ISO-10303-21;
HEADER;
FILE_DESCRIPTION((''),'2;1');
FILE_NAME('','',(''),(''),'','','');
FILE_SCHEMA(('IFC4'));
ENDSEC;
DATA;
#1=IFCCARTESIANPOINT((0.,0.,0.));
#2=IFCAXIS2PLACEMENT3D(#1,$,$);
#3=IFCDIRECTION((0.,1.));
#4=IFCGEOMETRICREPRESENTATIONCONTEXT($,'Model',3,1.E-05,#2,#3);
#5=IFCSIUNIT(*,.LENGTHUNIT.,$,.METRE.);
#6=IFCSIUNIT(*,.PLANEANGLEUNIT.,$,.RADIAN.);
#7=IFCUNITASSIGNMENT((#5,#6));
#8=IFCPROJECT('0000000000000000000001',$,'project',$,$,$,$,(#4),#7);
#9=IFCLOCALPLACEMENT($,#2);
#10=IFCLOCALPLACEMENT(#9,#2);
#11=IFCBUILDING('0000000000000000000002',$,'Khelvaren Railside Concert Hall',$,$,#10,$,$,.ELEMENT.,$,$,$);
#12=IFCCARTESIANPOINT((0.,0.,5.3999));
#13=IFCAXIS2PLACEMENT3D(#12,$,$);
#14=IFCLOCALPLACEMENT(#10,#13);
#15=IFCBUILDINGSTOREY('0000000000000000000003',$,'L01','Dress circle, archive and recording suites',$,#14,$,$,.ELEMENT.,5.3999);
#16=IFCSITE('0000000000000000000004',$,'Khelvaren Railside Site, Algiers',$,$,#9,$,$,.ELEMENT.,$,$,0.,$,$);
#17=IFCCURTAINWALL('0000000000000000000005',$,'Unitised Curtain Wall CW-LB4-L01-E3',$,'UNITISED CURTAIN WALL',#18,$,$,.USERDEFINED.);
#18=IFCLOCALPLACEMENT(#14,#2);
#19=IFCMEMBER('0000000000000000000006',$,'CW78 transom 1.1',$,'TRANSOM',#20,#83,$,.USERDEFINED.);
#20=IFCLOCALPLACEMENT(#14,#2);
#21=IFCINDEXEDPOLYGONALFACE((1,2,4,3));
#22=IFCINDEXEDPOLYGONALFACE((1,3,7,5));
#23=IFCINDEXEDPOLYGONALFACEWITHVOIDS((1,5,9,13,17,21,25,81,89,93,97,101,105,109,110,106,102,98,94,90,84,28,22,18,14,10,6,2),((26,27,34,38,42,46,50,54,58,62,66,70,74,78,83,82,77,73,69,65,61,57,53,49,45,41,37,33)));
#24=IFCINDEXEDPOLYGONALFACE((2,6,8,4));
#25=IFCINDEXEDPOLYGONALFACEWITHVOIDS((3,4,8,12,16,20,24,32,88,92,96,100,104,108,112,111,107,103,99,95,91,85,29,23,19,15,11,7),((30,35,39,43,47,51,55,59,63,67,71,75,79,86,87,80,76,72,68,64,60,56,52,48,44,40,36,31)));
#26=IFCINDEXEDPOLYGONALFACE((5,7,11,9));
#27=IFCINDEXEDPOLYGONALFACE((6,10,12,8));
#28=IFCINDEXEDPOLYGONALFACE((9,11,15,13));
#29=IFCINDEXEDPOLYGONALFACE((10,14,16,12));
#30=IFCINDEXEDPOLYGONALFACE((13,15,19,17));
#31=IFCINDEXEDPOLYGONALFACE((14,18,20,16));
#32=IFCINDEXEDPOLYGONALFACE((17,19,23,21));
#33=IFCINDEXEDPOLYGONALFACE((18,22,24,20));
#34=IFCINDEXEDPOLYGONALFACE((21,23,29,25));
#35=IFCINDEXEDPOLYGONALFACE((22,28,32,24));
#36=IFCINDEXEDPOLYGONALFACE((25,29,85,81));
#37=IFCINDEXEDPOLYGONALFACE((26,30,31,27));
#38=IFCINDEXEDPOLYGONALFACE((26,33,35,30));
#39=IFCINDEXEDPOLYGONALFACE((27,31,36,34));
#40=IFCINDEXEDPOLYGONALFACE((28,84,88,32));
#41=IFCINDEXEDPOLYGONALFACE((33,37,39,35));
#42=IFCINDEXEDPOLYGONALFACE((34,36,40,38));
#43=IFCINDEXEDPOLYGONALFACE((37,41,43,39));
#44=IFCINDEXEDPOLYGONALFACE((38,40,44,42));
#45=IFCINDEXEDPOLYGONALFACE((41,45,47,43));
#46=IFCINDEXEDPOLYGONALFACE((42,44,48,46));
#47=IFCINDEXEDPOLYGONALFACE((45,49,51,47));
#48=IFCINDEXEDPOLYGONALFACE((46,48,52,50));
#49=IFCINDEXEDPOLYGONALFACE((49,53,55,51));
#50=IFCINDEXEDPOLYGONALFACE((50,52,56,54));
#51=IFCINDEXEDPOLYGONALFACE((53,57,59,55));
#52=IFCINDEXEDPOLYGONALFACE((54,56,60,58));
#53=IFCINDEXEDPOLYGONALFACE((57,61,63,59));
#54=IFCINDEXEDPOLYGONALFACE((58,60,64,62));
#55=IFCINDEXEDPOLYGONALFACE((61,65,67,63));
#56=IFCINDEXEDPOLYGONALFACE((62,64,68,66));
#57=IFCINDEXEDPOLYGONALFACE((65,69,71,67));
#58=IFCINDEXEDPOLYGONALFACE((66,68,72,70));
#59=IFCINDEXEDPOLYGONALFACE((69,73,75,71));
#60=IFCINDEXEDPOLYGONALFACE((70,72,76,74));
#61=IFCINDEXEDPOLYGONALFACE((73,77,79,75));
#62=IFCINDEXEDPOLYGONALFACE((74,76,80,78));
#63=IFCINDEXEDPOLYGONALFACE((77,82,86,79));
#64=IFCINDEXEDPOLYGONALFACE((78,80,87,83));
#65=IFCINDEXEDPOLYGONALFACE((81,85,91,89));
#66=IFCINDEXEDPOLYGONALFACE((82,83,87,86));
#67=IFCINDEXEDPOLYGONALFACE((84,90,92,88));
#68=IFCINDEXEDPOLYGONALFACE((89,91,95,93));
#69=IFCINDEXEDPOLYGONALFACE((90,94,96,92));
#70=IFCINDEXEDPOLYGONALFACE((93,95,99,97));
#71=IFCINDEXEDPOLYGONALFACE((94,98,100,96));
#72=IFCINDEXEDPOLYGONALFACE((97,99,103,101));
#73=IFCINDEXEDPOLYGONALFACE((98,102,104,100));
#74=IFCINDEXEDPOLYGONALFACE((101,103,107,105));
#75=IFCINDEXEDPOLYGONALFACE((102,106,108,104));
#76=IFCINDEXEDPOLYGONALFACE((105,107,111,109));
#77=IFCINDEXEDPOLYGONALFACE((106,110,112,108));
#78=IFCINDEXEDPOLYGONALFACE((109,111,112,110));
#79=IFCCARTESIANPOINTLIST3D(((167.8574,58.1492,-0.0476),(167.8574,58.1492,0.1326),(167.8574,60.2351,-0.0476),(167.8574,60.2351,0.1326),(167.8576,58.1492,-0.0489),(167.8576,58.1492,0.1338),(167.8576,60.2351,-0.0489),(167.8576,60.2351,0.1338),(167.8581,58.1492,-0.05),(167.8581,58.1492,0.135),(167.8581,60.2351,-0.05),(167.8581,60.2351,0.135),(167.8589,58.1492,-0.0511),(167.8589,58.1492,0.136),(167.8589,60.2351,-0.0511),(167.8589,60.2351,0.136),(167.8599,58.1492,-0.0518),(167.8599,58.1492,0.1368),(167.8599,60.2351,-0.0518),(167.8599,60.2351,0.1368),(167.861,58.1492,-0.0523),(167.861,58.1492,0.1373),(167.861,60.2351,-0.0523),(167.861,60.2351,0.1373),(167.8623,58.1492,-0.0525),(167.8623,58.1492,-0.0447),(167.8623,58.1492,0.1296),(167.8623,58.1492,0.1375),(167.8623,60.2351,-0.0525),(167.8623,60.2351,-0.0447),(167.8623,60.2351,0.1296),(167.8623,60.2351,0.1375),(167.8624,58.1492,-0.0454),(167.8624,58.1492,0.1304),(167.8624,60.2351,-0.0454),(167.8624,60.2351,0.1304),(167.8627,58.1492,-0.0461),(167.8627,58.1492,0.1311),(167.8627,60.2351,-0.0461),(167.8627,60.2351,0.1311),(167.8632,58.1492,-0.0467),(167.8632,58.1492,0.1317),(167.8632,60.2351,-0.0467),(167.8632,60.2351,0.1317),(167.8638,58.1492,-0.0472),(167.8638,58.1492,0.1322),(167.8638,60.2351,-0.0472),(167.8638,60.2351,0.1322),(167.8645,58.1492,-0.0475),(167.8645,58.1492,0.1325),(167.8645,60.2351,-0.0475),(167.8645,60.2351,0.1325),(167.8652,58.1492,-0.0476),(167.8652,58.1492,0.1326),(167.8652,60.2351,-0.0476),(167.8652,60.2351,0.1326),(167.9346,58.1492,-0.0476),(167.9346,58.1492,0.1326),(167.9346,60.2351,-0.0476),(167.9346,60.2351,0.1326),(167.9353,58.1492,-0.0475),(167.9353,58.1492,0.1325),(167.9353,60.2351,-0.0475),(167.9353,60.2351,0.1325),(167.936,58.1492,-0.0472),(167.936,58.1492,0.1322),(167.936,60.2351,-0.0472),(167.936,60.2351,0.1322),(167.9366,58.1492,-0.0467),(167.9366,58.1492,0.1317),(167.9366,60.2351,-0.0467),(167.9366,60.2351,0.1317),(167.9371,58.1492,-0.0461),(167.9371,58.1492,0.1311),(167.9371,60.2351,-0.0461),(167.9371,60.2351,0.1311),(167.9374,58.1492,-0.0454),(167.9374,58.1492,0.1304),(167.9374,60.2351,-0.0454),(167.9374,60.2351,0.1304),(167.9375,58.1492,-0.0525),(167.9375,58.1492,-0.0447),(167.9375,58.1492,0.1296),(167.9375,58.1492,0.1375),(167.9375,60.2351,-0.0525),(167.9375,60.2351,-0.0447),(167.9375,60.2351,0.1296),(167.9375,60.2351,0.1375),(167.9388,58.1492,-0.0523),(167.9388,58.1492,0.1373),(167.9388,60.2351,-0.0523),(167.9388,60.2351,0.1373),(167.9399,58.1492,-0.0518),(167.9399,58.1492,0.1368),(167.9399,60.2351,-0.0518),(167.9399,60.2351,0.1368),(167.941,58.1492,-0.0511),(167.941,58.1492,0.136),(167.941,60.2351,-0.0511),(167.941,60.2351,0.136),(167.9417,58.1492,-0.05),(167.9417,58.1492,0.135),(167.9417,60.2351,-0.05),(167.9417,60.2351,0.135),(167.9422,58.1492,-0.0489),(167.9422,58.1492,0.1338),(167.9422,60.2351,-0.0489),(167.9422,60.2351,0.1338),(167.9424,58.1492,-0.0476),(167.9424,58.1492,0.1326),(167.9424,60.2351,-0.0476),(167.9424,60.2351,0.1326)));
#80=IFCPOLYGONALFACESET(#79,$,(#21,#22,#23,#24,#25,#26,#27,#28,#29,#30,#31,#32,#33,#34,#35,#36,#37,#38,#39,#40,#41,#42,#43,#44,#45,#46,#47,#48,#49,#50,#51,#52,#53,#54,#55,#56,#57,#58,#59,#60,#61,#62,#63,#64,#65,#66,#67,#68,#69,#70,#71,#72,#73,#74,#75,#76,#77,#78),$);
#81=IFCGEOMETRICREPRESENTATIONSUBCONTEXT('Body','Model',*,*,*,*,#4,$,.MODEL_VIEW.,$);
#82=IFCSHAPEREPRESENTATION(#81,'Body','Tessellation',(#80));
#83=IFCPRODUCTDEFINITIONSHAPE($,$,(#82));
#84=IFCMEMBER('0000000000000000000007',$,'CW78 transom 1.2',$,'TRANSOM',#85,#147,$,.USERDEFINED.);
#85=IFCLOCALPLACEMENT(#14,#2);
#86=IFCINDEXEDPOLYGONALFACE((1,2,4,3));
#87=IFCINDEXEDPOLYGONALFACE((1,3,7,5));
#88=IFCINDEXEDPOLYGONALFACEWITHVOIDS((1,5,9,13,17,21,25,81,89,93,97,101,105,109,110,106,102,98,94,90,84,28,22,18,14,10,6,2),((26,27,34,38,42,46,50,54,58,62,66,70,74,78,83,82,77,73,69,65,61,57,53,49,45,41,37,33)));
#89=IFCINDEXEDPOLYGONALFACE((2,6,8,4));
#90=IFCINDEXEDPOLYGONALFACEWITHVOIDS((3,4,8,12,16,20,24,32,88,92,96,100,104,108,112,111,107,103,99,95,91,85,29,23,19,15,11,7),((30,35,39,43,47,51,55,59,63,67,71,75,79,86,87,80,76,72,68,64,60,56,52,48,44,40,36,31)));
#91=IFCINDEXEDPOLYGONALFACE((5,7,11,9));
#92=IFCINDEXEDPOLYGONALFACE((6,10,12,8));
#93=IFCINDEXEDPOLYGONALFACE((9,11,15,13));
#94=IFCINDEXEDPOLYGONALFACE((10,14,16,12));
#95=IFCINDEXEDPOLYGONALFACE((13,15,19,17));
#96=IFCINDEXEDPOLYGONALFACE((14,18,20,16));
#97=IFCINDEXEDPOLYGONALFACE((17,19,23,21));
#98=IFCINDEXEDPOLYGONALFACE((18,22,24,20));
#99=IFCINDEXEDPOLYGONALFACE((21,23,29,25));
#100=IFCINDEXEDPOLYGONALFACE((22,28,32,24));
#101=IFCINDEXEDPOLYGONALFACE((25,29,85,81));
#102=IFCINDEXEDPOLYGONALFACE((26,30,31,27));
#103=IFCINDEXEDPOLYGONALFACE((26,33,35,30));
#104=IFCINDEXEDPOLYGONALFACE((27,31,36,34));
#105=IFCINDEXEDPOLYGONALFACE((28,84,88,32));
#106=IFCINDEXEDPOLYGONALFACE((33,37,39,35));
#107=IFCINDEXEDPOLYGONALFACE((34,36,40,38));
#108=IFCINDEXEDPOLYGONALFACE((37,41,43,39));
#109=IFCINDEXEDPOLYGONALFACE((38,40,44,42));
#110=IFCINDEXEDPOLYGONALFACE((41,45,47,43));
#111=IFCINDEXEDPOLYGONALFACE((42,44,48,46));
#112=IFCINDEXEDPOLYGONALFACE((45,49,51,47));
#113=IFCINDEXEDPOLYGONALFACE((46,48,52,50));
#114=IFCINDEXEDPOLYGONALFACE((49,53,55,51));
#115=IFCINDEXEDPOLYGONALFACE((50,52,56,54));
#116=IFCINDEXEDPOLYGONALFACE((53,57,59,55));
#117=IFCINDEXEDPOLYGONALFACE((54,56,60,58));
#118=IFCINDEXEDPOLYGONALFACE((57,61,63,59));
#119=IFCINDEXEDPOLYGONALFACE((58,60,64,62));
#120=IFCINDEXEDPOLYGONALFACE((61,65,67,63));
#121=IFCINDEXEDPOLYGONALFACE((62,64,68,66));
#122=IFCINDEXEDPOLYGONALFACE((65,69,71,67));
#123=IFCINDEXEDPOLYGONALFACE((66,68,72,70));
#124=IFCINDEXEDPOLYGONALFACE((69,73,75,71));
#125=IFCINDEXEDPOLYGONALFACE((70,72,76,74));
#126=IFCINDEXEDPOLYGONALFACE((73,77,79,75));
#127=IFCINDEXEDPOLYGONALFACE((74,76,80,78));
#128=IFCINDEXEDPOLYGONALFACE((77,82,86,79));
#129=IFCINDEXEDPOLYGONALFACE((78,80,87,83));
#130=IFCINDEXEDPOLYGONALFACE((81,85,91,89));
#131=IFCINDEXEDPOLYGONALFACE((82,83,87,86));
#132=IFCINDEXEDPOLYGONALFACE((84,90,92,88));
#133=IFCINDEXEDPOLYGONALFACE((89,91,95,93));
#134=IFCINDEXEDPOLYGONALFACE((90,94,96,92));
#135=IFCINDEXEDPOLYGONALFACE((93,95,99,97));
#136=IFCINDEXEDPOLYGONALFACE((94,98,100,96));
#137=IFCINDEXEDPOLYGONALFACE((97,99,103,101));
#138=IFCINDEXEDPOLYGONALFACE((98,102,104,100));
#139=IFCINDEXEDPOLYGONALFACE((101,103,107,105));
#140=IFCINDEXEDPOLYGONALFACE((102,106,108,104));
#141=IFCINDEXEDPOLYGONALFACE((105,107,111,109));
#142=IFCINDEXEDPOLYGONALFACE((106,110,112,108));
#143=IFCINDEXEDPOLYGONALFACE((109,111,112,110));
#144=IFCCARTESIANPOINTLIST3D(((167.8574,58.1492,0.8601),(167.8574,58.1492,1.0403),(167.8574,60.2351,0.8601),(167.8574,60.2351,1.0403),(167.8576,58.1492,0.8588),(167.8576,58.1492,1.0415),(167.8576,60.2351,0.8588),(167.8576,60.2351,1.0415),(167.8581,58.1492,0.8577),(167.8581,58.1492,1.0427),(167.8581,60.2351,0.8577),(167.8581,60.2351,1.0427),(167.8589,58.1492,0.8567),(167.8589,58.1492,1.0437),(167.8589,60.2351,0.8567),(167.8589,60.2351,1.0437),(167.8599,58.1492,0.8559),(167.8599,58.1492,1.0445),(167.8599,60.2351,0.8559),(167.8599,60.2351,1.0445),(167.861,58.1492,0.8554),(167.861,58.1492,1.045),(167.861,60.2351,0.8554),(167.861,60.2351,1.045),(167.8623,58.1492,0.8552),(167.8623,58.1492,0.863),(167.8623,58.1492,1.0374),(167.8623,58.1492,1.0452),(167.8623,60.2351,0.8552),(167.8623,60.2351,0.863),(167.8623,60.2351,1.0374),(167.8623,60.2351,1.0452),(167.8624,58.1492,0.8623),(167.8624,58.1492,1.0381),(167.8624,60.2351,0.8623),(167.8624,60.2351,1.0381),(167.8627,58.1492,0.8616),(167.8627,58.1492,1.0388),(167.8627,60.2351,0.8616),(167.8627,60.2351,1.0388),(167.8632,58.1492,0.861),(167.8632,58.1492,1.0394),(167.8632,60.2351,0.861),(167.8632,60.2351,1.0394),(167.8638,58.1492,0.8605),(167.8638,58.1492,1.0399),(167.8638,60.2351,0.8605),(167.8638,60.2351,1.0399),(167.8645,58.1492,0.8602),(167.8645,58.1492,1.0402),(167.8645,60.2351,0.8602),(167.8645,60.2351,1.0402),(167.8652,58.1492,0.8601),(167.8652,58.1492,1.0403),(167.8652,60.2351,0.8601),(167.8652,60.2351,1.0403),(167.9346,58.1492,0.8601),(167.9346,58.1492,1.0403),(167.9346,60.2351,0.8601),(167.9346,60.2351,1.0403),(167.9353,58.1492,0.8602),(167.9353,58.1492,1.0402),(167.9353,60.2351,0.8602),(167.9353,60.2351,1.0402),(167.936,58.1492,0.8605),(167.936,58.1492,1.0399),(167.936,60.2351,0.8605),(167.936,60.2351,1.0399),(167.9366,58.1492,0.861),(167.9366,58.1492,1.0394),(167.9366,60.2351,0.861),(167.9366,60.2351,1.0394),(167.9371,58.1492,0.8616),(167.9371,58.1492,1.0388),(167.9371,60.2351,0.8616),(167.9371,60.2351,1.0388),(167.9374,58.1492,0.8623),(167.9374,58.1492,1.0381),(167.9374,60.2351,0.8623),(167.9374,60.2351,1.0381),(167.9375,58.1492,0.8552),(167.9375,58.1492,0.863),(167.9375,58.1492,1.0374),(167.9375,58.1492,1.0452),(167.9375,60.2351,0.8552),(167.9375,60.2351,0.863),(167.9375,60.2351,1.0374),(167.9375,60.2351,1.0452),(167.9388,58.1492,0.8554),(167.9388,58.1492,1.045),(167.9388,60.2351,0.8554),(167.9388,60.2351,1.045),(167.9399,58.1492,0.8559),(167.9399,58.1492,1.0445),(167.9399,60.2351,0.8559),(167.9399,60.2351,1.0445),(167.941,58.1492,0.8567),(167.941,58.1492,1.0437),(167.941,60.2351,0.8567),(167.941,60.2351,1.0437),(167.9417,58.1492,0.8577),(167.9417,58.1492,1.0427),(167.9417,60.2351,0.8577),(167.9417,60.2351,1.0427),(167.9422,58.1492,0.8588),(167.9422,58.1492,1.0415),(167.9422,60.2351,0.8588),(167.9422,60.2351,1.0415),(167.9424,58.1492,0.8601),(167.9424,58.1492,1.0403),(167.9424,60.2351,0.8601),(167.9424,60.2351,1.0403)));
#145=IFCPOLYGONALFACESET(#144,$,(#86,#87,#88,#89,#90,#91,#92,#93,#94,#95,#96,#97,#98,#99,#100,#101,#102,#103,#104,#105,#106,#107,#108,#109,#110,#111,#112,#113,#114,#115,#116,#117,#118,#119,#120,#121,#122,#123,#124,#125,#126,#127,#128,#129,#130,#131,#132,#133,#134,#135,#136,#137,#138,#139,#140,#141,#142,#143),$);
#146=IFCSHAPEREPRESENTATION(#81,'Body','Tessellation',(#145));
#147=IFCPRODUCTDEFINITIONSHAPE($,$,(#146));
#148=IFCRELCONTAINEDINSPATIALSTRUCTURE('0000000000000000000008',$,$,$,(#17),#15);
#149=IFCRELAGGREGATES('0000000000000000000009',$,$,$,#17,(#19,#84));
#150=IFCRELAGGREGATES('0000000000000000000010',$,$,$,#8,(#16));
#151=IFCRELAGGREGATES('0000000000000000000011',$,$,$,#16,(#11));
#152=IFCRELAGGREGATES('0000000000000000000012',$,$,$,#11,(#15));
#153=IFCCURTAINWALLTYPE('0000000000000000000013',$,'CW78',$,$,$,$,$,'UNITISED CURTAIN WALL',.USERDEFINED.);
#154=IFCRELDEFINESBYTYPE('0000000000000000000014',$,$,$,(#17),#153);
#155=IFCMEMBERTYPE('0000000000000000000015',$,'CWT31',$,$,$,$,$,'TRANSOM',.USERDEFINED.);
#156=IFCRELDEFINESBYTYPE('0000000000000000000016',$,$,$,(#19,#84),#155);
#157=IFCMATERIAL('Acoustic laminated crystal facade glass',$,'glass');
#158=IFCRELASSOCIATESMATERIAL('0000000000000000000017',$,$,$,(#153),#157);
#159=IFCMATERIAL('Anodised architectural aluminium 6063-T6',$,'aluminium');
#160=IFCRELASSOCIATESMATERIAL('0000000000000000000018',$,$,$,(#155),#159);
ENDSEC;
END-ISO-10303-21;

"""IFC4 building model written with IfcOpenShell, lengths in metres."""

from ifc_helpers import new_model, si_unit, direction, frame, origin, origin_2d, place, context, subcontext, project, spatial, hollow_rectangle, extrude, material, material_profile, profile_set, type_object, element, aggregate, save


model = new_model("IFC4")

# Units and contexts
model_context = context("Model", 3, precision=1e-05, world=origin(), true_north=direction((0.0, 1.0)))
body_context = subcontext(model_context, "Body", "Model", "MODEL_VIEW")
ifc_project = project(units=[si_unit("LENGTHUNIT", "METRE"), si_unit("PLANEANGLEUNIT", "RADIAN")], contexts=[model_context])

# Site, building, storey
site_placement = place(None, origin())
site = spatial("IfcSite", under=ifc_project, at=site_placement, Name="Khelvaren Railside Site, Algiers", CompositionType="ELEMENT", RefElevation=0.0)
building_placement = place(site_placement, origin())
building = spatial("IfcBuilding", under=site, at=building_placement, Name="Khelvaren Railside Concert Hall", CompositionType="ELEMENT")
storey_placement = place(building_placement, frame((0.0, 0.0, 5.3999)))
storey = spatial("IfcBuildingStorey", under=building, at=storey_placement, Name="L01", Description="Dress circle, archive and recording suites", CompositionType="ELEMENT", Elevation=5.3999)

# Curtain wall
ifc_material_1 = material(Name="Acoustic laminated crystal facade glass", Category="glass")
curtain_wall_type = type_object("IfcCurtainWallType", Name="CW78", ElementType="UNITISED CURTAIN WALL", PredefinedType="USERDEFINED", material=ifc_material_1)
curtain_wall_1_placement = place(storey_placement, origin())
curtain_wall_1 = element("IfcCurtainWall", 1, at=curtain_wall_1_placement, inside=storey, type_object=curtain_wall_type, Name="Unitised Curtain Wall CW-LB4-L01-E3", ObjectType="UNITISED CURTAIN WALL", PredefinedType="USERDEFINED")
ifc_material_2 = material(Name="Anodised architectural aluminium 6063-T6", Category="aluminium")

# Members
ifc_material_profile_1 = material_profile(ifc_material_2, hollow_rectangle(XDim=0.085, YDim=0.1899, WallThickness=0.0049, InnerFilletRadius=0.0029, OuterFilletRadius=0.0049, at=origin_2d()), Name="CWT 85x190x5")
ifc_profile_set_1 = profile_set([ifc_material_profile_1], Name="Anodised architectural aluminium 6063-T6")
member_type_1 = type_object("IfcMemberType", Name="CWT31", ElementType="TRANSOM", PredefinedType="USERDEFINED", material=ifc_profile_set_1)
member_1_placement = place(storey_placement, frame((167.8999, 60.2351, 0.0425), z_axis=(0.0, -1.0, 0.0), x_axis=(1.0, 0.0, 0.0)))
member_1 = element("IfcMember", 2, at=member_1_placement, type_object=member_type_1, Name="CW78 transom 1.1", ObjectType="TRANSOM", PredefinedType="USERDEFINED", context=body_context, shape_type="SweptSolid", body=[
    extrude(hollow_rectangle(XDim=0.085, YDim=0.1899, WallThickness=0.0049, InnerFilletRadius=0.0029, OuterFilletRadius=0.0049, at=origin_2d()), origin(), (0.0, 0.0, 1.0), 2.0859),
])
member_2_placement = place(storey_placement, frame((167.8999, 60.2351, 0.9502), z_axis=(0.0, -1.0, 0.0), x_axis=(1.0, 0.0, 0.0)))
member_2 = element("IfcMember", 3, at=member_2_placement, type_object=member_type_1, Name="CW78 transom 1.2", ObjectType="TRANSOM", PredefinedType="USERDEFINED", context=body_context, shape_type="SweptSolid", body=[
    extrude(hollow_rectangle(XDim=0.085, YDim=0.1899, WallThickness=0.0049, InnerFilletRadius=0.0029, OuterFilletRadius=0.0049, at=origin_2d()), origin(), (0.0, 0.0, 1.0), 2.0859),
])

aggregate(curtain_wall_1, [member_1, member_2])

save(model, "model.ifc")
